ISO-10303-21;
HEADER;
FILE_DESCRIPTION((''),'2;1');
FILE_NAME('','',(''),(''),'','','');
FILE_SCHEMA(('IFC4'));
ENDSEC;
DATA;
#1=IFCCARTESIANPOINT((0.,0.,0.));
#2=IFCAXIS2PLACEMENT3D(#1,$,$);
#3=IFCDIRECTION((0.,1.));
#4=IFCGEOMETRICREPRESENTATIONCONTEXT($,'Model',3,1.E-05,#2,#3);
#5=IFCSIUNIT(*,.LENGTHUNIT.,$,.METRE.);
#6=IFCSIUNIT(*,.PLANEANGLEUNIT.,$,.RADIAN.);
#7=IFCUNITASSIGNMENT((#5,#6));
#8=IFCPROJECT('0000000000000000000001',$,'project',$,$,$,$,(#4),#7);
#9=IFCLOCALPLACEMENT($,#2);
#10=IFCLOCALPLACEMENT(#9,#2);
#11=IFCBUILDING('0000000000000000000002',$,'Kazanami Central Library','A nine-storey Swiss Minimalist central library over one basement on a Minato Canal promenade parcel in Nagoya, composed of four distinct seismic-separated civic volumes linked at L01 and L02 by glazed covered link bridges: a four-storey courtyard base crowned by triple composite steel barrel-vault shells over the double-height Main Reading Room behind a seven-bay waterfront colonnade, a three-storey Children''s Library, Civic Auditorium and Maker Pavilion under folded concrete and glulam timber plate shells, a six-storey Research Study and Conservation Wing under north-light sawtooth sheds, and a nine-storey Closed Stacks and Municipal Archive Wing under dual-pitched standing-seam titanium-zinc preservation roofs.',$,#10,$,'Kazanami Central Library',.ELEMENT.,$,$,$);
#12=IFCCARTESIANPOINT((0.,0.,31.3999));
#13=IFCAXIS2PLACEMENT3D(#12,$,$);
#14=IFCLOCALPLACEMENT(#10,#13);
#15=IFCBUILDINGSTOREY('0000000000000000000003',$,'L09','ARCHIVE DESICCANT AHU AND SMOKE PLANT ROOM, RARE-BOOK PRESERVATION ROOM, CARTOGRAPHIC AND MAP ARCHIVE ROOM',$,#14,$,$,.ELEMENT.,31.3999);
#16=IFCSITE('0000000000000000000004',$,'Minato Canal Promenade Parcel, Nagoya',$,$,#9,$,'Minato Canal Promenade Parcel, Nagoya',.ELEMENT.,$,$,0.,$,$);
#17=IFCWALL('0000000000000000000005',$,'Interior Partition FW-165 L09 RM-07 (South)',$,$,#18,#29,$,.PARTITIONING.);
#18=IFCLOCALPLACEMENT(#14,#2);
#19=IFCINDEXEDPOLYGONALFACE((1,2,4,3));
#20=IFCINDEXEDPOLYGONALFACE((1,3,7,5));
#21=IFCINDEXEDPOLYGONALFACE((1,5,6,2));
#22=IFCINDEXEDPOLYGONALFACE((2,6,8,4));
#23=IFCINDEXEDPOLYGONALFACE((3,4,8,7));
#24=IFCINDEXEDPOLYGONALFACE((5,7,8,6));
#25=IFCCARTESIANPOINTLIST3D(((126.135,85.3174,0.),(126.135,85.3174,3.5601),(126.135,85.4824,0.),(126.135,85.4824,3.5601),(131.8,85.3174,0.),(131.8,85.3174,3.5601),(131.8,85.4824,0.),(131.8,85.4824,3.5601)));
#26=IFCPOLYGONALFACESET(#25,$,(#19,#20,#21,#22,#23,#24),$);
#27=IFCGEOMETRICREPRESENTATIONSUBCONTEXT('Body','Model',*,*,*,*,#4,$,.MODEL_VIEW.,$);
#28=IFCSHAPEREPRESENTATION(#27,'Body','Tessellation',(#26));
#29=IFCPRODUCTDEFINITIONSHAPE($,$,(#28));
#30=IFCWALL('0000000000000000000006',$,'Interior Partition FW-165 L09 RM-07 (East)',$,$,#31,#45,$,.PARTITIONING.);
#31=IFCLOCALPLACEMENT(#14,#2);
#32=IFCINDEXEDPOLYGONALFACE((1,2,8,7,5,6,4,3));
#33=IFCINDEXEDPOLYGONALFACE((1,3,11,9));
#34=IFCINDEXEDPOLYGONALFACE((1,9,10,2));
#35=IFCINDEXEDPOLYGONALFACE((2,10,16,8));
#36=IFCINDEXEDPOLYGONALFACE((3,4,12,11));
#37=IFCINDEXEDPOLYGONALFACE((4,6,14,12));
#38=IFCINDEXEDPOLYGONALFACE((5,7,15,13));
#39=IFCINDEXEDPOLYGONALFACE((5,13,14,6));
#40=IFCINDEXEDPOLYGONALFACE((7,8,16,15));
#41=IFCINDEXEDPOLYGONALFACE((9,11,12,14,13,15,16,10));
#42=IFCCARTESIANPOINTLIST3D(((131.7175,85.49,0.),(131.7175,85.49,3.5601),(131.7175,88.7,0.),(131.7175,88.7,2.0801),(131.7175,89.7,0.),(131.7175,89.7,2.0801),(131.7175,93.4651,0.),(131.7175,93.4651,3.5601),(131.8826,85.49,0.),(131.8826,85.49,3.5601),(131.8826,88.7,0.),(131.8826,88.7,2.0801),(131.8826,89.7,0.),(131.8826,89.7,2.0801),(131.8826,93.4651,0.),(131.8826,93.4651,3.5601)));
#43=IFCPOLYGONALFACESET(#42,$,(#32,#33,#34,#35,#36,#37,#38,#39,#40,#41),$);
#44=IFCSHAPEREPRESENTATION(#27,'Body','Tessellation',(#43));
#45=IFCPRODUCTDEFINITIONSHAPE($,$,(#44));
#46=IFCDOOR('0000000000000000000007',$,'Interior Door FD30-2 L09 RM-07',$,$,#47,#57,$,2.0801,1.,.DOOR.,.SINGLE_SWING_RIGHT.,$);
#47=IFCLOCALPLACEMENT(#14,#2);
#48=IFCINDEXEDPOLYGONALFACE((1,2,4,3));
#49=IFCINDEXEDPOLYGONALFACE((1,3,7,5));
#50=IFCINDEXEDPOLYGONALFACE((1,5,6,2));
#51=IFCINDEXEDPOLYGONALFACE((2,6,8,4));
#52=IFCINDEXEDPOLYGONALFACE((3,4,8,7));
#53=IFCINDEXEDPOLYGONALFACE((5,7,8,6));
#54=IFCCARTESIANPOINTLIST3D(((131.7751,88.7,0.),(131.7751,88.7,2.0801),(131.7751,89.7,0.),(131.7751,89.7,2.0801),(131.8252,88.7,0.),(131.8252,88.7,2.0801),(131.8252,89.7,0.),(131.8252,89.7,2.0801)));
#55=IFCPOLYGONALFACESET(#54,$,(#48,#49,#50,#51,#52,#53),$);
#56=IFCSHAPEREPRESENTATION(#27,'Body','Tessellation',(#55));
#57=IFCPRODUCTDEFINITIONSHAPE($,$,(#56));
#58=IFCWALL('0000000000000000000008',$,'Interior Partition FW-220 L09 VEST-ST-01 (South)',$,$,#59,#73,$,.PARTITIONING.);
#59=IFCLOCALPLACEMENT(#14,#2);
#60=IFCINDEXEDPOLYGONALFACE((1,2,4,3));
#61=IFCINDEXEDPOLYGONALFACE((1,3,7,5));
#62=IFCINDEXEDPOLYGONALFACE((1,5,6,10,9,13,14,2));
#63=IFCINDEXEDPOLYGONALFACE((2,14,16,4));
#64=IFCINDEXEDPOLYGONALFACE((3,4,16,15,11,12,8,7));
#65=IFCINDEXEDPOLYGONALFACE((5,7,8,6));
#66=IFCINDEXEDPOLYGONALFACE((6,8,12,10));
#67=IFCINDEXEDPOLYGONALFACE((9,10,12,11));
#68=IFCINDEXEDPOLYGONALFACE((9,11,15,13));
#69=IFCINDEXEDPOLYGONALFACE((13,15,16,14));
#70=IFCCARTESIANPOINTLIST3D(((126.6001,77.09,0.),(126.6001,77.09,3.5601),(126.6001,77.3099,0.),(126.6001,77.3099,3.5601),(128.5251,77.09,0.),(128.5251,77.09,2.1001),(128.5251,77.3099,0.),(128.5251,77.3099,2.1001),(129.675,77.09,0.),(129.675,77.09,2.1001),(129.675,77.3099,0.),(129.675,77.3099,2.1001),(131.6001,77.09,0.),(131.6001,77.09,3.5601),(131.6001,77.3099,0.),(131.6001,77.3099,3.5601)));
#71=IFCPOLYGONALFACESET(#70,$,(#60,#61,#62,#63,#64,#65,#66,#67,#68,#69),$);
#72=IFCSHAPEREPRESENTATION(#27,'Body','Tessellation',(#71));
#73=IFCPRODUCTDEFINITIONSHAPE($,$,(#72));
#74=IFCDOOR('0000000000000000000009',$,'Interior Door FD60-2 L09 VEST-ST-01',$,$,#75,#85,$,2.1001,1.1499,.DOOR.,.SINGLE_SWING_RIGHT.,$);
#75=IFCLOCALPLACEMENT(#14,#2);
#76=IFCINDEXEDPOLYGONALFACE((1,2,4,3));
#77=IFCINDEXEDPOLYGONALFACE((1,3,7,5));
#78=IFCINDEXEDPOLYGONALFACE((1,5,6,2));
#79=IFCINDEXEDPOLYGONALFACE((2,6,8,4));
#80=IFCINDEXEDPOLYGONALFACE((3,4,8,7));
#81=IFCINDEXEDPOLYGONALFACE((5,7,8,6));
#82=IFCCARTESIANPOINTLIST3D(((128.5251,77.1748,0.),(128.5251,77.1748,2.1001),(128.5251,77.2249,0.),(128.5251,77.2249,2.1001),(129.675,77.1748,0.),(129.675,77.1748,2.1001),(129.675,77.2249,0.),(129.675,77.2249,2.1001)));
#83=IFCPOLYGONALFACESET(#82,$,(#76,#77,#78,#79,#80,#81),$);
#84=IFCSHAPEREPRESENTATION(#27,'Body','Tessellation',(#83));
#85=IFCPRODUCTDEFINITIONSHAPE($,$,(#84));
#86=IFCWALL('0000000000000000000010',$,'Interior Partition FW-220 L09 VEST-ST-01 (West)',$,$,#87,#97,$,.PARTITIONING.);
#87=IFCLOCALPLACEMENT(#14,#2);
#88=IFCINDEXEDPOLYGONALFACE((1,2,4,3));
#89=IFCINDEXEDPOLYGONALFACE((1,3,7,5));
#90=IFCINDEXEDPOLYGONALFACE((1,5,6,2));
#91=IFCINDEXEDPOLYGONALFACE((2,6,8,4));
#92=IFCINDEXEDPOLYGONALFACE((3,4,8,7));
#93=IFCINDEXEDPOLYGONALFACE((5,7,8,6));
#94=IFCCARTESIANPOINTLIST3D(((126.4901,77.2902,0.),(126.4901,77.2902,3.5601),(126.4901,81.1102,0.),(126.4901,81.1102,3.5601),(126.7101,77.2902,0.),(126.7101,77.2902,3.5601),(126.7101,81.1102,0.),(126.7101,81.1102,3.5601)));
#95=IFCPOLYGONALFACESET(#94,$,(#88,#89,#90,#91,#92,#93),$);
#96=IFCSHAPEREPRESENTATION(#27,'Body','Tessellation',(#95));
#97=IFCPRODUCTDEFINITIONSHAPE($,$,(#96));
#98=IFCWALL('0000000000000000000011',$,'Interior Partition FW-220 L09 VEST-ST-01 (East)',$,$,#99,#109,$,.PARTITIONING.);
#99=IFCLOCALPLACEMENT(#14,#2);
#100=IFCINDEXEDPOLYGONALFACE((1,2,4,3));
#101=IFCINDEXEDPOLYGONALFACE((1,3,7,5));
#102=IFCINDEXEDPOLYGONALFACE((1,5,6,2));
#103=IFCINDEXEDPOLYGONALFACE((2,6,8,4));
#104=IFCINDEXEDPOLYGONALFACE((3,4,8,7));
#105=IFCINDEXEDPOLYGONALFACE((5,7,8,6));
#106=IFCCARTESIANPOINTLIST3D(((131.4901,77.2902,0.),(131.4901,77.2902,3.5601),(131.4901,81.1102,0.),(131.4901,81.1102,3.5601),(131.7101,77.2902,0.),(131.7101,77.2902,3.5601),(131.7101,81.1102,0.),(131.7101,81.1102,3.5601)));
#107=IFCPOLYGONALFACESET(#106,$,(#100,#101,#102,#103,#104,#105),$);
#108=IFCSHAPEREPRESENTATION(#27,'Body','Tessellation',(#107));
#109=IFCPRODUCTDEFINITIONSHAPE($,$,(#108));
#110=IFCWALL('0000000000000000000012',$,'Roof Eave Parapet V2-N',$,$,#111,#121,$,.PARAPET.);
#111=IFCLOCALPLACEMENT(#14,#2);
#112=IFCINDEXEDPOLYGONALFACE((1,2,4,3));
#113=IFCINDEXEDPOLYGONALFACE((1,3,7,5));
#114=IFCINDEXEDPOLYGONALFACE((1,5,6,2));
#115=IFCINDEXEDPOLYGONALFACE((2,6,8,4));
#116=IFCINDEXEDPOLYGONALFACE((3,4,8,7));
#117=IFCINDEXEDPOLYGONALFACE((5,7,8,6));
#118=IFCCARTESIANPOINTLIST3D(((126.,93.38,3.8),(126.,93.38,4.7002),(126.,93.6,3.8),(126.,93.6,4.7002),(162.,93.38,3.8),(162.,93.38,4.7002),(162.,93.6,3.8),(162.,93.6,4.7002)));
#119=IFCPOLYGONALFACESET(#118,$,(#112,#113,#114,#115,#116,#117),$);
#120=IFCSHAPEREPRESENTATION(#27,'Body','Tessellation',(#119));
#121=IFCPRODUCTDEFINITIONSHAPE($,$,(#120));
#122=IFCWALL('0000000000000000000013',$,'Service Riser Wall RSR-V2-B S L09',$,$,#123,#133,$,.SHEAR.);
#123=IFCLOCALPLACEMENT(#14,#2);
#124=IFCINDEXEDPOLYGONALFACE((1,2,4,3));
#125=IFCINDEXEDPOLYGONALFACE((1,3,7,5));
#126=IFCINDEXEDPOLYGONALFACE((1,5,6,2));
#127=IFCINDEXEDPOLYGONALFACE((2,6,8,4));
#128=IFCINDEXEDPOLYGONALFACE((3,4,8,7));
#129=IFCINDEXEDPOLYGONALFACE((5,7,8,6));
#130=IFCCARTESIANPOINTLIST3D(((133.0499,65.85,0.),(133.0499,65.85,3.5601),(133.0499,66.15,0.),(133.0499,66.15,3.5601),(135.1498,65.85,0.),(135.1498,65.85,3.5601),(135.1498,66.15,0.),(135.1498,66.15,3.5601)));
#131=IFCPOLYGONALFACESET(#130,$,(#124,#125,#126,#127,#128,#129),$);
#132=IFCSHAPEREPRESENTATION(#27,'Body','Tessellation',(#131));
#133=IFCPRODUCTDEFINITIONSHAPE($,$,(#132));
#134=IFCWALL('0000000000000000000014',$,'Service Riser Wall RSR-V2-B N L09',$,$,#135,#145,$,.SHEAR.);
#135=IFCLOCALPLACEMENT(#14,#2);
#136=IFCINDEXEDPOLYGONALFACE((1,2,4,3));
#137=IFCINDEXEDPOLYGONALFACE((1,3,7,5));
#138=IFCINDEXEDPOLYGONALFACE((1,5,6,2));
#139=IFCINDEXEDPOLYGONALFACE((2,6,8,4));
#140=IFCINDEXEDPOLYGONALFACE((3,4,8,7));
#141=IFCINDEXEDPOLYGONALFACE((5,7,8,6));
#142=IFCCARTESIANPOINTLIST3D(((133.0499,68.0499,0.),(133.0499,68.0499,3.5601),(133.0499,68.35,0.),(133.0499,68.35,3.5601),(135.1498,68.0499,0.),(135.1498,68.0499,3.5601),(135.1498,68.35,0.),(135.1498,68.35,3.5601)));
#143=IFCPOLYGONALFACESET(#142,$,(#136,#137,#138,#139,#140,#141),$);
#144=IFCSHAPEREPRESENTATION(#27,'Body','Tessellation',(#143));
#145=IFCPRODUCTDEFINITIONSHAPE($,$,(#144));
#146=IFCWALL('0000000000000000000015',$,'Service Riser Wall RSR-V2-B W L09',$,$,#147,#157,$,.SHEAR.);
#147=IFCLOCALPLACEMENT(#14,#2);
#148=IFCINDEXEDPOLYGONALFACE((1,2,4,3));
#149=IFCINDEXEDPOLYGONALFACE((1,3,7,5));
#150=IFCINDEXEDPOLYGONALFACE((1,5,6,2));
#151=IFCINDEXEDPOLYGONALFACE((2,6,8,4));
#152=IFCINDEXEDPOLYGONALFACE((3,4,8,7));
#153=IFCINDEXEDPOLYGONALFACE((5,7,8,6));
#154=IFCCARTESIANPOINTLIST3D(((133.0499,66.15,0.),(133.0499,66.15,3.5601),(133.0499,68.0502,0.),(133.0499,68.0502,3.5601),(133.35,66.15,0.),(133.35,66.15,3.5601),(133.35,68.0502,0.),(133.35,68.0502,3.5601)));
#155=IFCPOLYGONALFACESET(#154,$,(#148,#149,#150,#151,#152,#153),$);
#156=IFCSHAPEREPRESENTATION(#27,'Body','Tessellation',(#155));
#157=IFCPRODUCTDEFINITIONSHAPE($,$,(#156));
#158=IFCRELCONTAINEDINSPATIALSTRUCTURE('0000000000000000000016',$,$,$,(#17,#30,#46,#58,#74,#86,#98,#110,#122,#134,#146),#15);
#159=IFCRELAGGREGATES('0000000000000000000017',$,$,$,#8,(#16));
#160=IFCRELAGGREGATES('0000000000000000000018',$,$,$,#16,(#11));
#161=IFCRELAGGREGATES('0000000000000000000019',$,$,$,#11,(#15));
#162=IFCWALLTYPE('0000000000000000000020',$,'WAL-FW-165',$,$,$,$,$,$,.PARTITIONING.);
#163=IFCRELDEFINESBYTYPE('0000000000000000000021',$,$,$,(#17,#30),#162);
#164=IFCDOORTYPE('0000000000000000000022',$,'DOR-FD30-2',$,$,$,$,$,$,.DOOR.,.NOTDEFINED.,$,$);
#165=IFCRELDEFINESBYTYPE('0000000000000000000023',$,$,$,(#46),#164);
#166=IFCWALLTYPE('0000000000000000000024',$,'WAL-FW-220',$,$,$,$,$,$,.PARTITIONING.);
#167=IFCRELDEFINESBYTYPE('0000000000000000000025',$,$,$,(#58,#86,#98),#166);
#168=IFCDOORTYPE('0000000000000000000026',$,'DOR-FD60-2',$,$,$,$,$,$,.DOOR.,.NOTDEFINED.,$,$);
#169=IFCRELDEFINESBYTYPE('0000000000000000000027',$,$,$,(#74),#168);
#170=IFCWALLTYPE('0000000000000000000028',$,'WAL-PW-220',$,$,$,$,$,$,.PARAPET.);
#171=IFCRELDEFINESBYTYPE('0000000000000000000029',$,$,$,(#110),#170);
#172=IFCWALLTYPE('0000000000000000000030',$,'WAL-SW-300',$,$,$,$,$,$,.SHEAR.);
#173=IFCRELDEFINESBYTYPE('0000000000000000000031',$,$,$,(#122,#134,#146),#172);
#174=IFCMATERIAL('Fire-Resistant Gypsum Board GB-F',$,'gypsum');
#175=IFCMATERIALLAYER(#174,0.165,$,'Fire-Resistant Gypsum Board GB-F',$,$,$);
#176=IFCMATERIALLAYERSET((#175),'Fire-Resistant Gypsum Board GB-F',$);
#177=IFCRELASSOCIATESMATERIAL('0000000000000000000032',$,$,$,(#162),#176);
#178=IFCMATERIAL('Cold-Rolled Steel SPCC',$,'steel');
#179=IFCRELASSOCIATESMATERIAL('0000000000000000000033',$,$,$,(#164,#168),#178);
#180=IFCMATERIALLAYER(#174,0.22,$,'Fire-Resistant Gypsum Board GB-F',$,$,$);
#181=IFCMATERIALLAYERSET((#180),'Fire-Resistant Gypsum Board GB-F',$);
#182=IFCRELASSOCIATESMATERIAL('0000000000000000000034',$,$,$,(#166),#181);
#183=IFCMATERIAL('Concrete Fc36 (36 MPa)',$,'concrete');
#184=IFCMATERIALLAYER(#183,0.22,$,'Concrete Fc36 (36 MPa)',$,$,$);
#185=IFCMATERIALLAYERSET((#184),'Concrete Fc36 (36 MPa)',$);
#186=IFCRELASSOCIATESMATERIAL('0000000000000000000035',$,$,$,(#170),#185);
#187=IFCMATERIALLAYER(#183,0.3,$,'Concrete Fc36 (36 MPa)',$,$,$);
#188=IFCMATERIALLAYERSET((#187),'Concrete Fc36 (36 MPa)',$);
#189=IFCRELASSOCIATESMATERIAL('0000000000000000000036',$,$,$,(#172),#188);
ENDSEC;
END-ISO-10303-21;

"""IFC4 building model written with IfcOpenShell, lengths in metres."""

from ifc_helpers import new_model, si_unit, direction, frame, frame_2d, origin, place, context, subcontext, project, spatial, rectangle, extrude, material, layer, layer_set, type_object, element, fill, save


model = new_model("IFC4")

# Units and contexts
model_context = context("Model", 3, precision=1e-05, world=origin(), true_north=direction((0.0, 1.0)))
body_context = subcontext(model_context, "Body", "Model", "MODEL_VIEW")
ifc_project = project(units=[si_unit("LENGTHUNIT", "METRE"), si_unit("PLANEANGLEUNIT", "RADIAN")], contexts=[model_context])

# Site, building, storey
site_placement = place(None, origin())
site = spatial("IfcSite", under=ifc_project, at=site_placement, Name="Minato Canal Promenade Parcel, Nagoya", LongName="Minato Canal Promenade Parcel, Nagoya", CompositionType="ELEMENT", RefElevation=0.0)
building_placement = place(site_placement, origin())
building = spatial("IfcBuilding", under=site, at=building_placement, Name="Kazanami Central Library", Description="A nine-storey Swiss Minimalist central library over one basement on a Minato Canal promenade parcel in Nagoya, composed of four distinct seismic-separated civic volumes linked at L01 and L02 by glazed covered link bridges: a four-storey courtyard base crowned by triple composite steel barrel-vault shells over the double-height Main Reading Room behind a seven-bay waterfront colonnade, a three-storey Children's Library, Civic Auditorium and Maker Pavilion under folded concrete and glulam timber plate shells, a six-storey Research Study and Conservation Wing under north-light sawtooth sheds, and a nine-storey Closed Stacks and Municipal Archive Wing under dual-pitched standing-seam titanium-zinc preservation roofs.", LongName="Kazanami Central Library", CompositionType="ELEMENT")
storey_placement = place(building_placement, frame((0.0, 0.0, 31.3999)))
storey = spatial("IfcBuildingStorey", under=building, at=storey_placement, Name="L09", Description="ARCHIVE DESICCANT AHU AND SMOKE PLANT ROOM, RARE-BOOK PRESERVATION ROOM, CARTOGRAPHIC AND MAP ARCHIVE ROOM", CompositionType="ELEMENT", Elevation=31.3999)

# Shared definitions
ifc_material_1 = material(Name="Concrete Fc36 (36 MPa)", Category="concrete")

# Shared definitions
ifc_material_2 = material(Name="Fire-Resistant Gypsum Board GB-F", Category="gypsum")
ifc_layer_1 = layer(ifc_material_2, 0.165, Name="Fire-Resistant Gypsum Board GB-F")
ifc_layer_set_1 = layer_set([ifc_layer_1], Name="Fire-Resistant Gypsum Board GB-F")
wall_type_1 = type_object("IfcWallType", Name="WAL-FW-165", PredefinedType="PARTITIONING", material=ifc_layer_set_1)
ifc_material_3 = material(Name="Cold-Rolled Steel SPCC", Category="steel")

# Wall
wall_1_placement = place(storey_placement, frame((126.135, 85.3999, 0.0), z_axis=(0.0, 0.0, 1.0), x_axis=(1.0, 0.0, 0.0)))
element("IfcWall", 1, at=wall_1_placement, inside=storey, type_object=wall_type_1, Name="Interior Partition FW-165 L09 RM-07 (South)", PredefinedType="PARTITIONING", context=body_context, shape_type="SweptSolid", body=[
    extrude(rectangle(XDim=5.665, YDim=0.165, at=frame_2d((2.8325, 0.0))), origin(), (0.0, 0.0, 1.0), 3.5601),
])

# Walls, openings, doors
wall_2_placement = place(storey_placement, frame((131.8, 85.49, 0.0), z_axis=(0.0, 0.0, 1.0), x_axis=(0.0, 1.0, 0.0)))
wall_2 = element("IfcWall", 2, at=wall_2_placement, inside=storey, type_object=wall_type_1, Name="Interior Partition FW-165 L09 RM-07 (East)", PredefinedType="PARTITIONING", context=body_context, shape_type="SweptSolid", body=[
    extrude(rectangle(XDim=7.9751, YDim=0.165, at=frame_2d((3.9875, 0.0))), origin(), (0.0, 0.0, 1.0), 3.5601),
])
opening_1_placement = place(wall_2_placement, frame((3.21, 0.0, 0.0)))
opening_1 = element("IfcOpeningElement", 3, at=opening_1_placement, cuts=wall_2, PredefinedType="OPENING", context=body_context, shape_type="SweptSolid", body=[
    extrude(rectangle(XDim=1.0, YDim=2.0801, at=frame_2d((0.5, 1.04))), frame((0.0, 0.0945, 0.0), z_axis=(0.0, -1.0, 0.0), x_axis=(1.0, 0.0, 0.0)), (0.0, 0.0, 1.0), 0.189),
])
door_type_1 = type_object("IfcDoorType", Name="DOR-FD30-2", OperationType="NOTDEFINED", PredefinedType="DOOR", material=ifc_material_3)
door_1_placement = place(opening_1_placement, origin())
door_1 = element("IfcDoor", 4, at=door_1_placement, inside=storey, type_object=door_type_1, Name="Interior Door FD30-2 L09 RM-07", OperationType="SINGLE_SWING_RIGHT", OverallHeight=2.0801, OverallWidth=1.0, PredefinedType="DOOR", context=body_context, shape_type="SweptSolid", body=[
    extrude(rectangle(XDim=1.0, YDim=2.0801, at=frame_2d((0.5, 1.04))), frame((0.0, 0.0249, 0.0), z_axis=(0.0, -1.0, 0.0), x_axis=(1.0, 0.0, 0.0)), (0.0, 0.0, 1.0), 0.05),
])
fill(opening_1, door_1)
ifc_layer_2 = layer(ifc_material_2, 0.22, Name="Fire-Resistant Gypsum Board GB-F")
ifc_layer_set_2 = layer_set([ifc_layer_2], Name="Fire-Resistant Gypsum Board GB-F")
wall_type_2 = type_object("IfcWallType", Name="WAL-FW-220", PredefinedType="PARTITIONING", material=ifc_layer_set_2)
wall_3_placement = place(storey_placement, frame((126.6001, 77.2, 0.0), z_axis=(0.0, 0.0, 1.0), x_axis=(1.0, 0.0, 0.0)))
wall_3 = element("IfcWall", 5, at=wall_3_placement, inside=storey, type_object=wall_type_2, Name="Interior Partition FW-220 L09 VEST-ST-01 (South)", PredefinedType="PARTITIONING", context=body_context, shape_type="SweptSolid", body=[
    extrude(rectangle(XDim=5.0, YDim=0.22, at=frame_2d((2.5, 0.0))), origin(), (0.0, 0.0, 1.0), 3.5601),
])
opening_2_placement = place(wall_3_placement, frame((1.925, 0.0, 0.0)))
opening_2 = element("IfcOpeningElement", 6, at=opening_2_placement, cuts=wall_3, PredefinedType="OPENING", context=body_context, shape_type="SweptSolid", body=[
    extrude(rectangle(XDim=1.1499, YDim=2.1001, at=frame_2d((0.575, 1.05))), frame((0.0, 0.1221, 0.0), z_axis=(0.0, -1.0, 0.0), x_axis=(1.0, 0.0, 0.0)), (0.0, 0.0, 1.0), 0.2439),
])
door_type_2 = type_object("IfcDoorType", Name="DOR-FD60-2", OperationType="NOTDEFINED", PredefinedType="DOOR", material=ifc_material_3)
door_2_placement = place(opening_2_placement, origin())
door_2 = element("IfcDoor", 7, at=door_2_placement, inside=storey, type_object=door_type_2, Name="Interior Door FD60-2 L09 VEST-ST-01", OperationType="SINGLE_SWING_RIGHT", OverallHeight=2.1001, OverallWidth=1.1499, PredefinedType="DOOR", context=body_context, shape_type="SweptSolid", body=[
    extrude(rectangle(XDim=1.1499, YDim=2.1001, at=frame_2d((0.575, 1.05))), frame((0.0, 0.0249, 0.0), z_axis=(0.0, -1.0, 0.0), x_axis=(1.0, 0.0, 0.0)), (0.0, 0.0, 1.0), 0.05),
])
fill(opening_2, door_2)

# Walls
for number, where, z_axis, x_axis, name in (
    (8, (126.6001, 77.29, 0.0), (0.0, 0.0, 1.0), (0.0, 1.0, 0.0), "Interior Partition FW-220 L09 VEST-ST-01 (West)"),
    (9, (131.6001, 77.29, 0.0), (0.0, 0.0, 1.0), (0.0, 1.0, 0.0), "Interior Partition FW-220 L09 VEST-ST-01 (East)"),
):
    element("IfcWall", number, at=place(storey_placement, frame(where, z_axis=z_axis, x_axis=x_axis)), inside=storey, type_object=wall_type_2, Name=name, PredefinedType="PARTITIONING", context=body_context, shape_type="SweptSolid", body=[
        extrude(rectangle(XDim=3.8201, YDim=0.22, at=frame_2d((1.9102, 0.0))), origin(), (0.0, 0.0, 1.0), 3.5601),
    ])
ifc_layer_3 = layer(ifc_material_1, 0.22, Name="Concrete Fc36 (36 MPa)")
ifc_layer_set_3 = layer_set([ifc_layer_3], Name="Concrete Fc36 (36 MPa)")
wall_type_3 = type_object("IfcWallType", Name="WAL-PW-220", PredefinedType="PARAPET", material=ifc_layer_set_3)
wall_4_placement = place(storey_placement, frame((126.0, 93.49, 3.8), z_axis=(0.0, 0.0, 1.0), x_axis=(1.0, 0.0, 0.0)))
element("IfcWall", 10, at=wall_4_placement, inside=storey, type_object=wall_type_3, Name="Roof Eave Parapet V2-N", PredefinedType="PARAPET", context=body_context, shape_type="SweptSolid", body=[
    extrude(rectangle(XDim=36.0, YDim=0.22, at=frame_2d((18.0, 0.0))), origin(), (0.0, 0.0, 1.0), 0.9001),
])
ifc_layer_4 = layer(ifc_material_1, 0.3, Name="Concrete Fc36 (36 MPa)")
ifc_layer_set_4 = layer_set([ifc_layer_4], Name="Concrete Fc36 (36 MPa)")
wall_type_4 = type_object("IfcWallType", Name="WAL-SW-300", PredefinedType="SHEAR", material=ifc_layer_set_4)
for number, where, z_axis, x_axis, name in (
    (11, (133.05, 66.0, 0.0), (0.0, 0.0, 1.0), (1.0, 0.0, 0.0), "Service Riser Wall RSR-V2-B S L09"),
    (12, (133.05, 68.2, 0.0), (0.0, 0.0, 1.0), (1.0, 0.0, 0.0), "Service Riser Wall RSR-V2-B N L09"),
):
    element("IfcWall", number, at=place(storey_placement, frame(where, z_axis=z_axis, x_axis=x_axis)), inside=storey, type_object=wall_type_4, Name=name, PredefinedType="SHEAR", context=body_context, shape_type="SweptSolid", body=[
        extrude(rectangle(XDim=2.0999, YDim=0.3, at=frame_2d((1.0498, 0.0))), origin(), (0.0, 0.0, 1.0), 3.5601),
    ])
wall_5_placement = place(storey_placement, frame((133.2, 66.1499, 0.0), z_axis=(0.0, 0.0, 1.0), x_axis=(0.0, 1.0, 0.0)))
element("IfcWall", 13, at=wall_5_placement, inside=storey, type_object=wall_type_4, Name="Service Riser Wall RSR-V2-B W L09", PredefinedType="SHEAR", context=body_context, shape_type="SweptSolid", body=[
    extrude(rectangle(XDim=1.9001, YDim=0.3, at=frame_2d((0.9502, 0.0))), origin(), (0.0, 0.0, 1.0), 3.5601),
])

save(model, "model.ifc")
